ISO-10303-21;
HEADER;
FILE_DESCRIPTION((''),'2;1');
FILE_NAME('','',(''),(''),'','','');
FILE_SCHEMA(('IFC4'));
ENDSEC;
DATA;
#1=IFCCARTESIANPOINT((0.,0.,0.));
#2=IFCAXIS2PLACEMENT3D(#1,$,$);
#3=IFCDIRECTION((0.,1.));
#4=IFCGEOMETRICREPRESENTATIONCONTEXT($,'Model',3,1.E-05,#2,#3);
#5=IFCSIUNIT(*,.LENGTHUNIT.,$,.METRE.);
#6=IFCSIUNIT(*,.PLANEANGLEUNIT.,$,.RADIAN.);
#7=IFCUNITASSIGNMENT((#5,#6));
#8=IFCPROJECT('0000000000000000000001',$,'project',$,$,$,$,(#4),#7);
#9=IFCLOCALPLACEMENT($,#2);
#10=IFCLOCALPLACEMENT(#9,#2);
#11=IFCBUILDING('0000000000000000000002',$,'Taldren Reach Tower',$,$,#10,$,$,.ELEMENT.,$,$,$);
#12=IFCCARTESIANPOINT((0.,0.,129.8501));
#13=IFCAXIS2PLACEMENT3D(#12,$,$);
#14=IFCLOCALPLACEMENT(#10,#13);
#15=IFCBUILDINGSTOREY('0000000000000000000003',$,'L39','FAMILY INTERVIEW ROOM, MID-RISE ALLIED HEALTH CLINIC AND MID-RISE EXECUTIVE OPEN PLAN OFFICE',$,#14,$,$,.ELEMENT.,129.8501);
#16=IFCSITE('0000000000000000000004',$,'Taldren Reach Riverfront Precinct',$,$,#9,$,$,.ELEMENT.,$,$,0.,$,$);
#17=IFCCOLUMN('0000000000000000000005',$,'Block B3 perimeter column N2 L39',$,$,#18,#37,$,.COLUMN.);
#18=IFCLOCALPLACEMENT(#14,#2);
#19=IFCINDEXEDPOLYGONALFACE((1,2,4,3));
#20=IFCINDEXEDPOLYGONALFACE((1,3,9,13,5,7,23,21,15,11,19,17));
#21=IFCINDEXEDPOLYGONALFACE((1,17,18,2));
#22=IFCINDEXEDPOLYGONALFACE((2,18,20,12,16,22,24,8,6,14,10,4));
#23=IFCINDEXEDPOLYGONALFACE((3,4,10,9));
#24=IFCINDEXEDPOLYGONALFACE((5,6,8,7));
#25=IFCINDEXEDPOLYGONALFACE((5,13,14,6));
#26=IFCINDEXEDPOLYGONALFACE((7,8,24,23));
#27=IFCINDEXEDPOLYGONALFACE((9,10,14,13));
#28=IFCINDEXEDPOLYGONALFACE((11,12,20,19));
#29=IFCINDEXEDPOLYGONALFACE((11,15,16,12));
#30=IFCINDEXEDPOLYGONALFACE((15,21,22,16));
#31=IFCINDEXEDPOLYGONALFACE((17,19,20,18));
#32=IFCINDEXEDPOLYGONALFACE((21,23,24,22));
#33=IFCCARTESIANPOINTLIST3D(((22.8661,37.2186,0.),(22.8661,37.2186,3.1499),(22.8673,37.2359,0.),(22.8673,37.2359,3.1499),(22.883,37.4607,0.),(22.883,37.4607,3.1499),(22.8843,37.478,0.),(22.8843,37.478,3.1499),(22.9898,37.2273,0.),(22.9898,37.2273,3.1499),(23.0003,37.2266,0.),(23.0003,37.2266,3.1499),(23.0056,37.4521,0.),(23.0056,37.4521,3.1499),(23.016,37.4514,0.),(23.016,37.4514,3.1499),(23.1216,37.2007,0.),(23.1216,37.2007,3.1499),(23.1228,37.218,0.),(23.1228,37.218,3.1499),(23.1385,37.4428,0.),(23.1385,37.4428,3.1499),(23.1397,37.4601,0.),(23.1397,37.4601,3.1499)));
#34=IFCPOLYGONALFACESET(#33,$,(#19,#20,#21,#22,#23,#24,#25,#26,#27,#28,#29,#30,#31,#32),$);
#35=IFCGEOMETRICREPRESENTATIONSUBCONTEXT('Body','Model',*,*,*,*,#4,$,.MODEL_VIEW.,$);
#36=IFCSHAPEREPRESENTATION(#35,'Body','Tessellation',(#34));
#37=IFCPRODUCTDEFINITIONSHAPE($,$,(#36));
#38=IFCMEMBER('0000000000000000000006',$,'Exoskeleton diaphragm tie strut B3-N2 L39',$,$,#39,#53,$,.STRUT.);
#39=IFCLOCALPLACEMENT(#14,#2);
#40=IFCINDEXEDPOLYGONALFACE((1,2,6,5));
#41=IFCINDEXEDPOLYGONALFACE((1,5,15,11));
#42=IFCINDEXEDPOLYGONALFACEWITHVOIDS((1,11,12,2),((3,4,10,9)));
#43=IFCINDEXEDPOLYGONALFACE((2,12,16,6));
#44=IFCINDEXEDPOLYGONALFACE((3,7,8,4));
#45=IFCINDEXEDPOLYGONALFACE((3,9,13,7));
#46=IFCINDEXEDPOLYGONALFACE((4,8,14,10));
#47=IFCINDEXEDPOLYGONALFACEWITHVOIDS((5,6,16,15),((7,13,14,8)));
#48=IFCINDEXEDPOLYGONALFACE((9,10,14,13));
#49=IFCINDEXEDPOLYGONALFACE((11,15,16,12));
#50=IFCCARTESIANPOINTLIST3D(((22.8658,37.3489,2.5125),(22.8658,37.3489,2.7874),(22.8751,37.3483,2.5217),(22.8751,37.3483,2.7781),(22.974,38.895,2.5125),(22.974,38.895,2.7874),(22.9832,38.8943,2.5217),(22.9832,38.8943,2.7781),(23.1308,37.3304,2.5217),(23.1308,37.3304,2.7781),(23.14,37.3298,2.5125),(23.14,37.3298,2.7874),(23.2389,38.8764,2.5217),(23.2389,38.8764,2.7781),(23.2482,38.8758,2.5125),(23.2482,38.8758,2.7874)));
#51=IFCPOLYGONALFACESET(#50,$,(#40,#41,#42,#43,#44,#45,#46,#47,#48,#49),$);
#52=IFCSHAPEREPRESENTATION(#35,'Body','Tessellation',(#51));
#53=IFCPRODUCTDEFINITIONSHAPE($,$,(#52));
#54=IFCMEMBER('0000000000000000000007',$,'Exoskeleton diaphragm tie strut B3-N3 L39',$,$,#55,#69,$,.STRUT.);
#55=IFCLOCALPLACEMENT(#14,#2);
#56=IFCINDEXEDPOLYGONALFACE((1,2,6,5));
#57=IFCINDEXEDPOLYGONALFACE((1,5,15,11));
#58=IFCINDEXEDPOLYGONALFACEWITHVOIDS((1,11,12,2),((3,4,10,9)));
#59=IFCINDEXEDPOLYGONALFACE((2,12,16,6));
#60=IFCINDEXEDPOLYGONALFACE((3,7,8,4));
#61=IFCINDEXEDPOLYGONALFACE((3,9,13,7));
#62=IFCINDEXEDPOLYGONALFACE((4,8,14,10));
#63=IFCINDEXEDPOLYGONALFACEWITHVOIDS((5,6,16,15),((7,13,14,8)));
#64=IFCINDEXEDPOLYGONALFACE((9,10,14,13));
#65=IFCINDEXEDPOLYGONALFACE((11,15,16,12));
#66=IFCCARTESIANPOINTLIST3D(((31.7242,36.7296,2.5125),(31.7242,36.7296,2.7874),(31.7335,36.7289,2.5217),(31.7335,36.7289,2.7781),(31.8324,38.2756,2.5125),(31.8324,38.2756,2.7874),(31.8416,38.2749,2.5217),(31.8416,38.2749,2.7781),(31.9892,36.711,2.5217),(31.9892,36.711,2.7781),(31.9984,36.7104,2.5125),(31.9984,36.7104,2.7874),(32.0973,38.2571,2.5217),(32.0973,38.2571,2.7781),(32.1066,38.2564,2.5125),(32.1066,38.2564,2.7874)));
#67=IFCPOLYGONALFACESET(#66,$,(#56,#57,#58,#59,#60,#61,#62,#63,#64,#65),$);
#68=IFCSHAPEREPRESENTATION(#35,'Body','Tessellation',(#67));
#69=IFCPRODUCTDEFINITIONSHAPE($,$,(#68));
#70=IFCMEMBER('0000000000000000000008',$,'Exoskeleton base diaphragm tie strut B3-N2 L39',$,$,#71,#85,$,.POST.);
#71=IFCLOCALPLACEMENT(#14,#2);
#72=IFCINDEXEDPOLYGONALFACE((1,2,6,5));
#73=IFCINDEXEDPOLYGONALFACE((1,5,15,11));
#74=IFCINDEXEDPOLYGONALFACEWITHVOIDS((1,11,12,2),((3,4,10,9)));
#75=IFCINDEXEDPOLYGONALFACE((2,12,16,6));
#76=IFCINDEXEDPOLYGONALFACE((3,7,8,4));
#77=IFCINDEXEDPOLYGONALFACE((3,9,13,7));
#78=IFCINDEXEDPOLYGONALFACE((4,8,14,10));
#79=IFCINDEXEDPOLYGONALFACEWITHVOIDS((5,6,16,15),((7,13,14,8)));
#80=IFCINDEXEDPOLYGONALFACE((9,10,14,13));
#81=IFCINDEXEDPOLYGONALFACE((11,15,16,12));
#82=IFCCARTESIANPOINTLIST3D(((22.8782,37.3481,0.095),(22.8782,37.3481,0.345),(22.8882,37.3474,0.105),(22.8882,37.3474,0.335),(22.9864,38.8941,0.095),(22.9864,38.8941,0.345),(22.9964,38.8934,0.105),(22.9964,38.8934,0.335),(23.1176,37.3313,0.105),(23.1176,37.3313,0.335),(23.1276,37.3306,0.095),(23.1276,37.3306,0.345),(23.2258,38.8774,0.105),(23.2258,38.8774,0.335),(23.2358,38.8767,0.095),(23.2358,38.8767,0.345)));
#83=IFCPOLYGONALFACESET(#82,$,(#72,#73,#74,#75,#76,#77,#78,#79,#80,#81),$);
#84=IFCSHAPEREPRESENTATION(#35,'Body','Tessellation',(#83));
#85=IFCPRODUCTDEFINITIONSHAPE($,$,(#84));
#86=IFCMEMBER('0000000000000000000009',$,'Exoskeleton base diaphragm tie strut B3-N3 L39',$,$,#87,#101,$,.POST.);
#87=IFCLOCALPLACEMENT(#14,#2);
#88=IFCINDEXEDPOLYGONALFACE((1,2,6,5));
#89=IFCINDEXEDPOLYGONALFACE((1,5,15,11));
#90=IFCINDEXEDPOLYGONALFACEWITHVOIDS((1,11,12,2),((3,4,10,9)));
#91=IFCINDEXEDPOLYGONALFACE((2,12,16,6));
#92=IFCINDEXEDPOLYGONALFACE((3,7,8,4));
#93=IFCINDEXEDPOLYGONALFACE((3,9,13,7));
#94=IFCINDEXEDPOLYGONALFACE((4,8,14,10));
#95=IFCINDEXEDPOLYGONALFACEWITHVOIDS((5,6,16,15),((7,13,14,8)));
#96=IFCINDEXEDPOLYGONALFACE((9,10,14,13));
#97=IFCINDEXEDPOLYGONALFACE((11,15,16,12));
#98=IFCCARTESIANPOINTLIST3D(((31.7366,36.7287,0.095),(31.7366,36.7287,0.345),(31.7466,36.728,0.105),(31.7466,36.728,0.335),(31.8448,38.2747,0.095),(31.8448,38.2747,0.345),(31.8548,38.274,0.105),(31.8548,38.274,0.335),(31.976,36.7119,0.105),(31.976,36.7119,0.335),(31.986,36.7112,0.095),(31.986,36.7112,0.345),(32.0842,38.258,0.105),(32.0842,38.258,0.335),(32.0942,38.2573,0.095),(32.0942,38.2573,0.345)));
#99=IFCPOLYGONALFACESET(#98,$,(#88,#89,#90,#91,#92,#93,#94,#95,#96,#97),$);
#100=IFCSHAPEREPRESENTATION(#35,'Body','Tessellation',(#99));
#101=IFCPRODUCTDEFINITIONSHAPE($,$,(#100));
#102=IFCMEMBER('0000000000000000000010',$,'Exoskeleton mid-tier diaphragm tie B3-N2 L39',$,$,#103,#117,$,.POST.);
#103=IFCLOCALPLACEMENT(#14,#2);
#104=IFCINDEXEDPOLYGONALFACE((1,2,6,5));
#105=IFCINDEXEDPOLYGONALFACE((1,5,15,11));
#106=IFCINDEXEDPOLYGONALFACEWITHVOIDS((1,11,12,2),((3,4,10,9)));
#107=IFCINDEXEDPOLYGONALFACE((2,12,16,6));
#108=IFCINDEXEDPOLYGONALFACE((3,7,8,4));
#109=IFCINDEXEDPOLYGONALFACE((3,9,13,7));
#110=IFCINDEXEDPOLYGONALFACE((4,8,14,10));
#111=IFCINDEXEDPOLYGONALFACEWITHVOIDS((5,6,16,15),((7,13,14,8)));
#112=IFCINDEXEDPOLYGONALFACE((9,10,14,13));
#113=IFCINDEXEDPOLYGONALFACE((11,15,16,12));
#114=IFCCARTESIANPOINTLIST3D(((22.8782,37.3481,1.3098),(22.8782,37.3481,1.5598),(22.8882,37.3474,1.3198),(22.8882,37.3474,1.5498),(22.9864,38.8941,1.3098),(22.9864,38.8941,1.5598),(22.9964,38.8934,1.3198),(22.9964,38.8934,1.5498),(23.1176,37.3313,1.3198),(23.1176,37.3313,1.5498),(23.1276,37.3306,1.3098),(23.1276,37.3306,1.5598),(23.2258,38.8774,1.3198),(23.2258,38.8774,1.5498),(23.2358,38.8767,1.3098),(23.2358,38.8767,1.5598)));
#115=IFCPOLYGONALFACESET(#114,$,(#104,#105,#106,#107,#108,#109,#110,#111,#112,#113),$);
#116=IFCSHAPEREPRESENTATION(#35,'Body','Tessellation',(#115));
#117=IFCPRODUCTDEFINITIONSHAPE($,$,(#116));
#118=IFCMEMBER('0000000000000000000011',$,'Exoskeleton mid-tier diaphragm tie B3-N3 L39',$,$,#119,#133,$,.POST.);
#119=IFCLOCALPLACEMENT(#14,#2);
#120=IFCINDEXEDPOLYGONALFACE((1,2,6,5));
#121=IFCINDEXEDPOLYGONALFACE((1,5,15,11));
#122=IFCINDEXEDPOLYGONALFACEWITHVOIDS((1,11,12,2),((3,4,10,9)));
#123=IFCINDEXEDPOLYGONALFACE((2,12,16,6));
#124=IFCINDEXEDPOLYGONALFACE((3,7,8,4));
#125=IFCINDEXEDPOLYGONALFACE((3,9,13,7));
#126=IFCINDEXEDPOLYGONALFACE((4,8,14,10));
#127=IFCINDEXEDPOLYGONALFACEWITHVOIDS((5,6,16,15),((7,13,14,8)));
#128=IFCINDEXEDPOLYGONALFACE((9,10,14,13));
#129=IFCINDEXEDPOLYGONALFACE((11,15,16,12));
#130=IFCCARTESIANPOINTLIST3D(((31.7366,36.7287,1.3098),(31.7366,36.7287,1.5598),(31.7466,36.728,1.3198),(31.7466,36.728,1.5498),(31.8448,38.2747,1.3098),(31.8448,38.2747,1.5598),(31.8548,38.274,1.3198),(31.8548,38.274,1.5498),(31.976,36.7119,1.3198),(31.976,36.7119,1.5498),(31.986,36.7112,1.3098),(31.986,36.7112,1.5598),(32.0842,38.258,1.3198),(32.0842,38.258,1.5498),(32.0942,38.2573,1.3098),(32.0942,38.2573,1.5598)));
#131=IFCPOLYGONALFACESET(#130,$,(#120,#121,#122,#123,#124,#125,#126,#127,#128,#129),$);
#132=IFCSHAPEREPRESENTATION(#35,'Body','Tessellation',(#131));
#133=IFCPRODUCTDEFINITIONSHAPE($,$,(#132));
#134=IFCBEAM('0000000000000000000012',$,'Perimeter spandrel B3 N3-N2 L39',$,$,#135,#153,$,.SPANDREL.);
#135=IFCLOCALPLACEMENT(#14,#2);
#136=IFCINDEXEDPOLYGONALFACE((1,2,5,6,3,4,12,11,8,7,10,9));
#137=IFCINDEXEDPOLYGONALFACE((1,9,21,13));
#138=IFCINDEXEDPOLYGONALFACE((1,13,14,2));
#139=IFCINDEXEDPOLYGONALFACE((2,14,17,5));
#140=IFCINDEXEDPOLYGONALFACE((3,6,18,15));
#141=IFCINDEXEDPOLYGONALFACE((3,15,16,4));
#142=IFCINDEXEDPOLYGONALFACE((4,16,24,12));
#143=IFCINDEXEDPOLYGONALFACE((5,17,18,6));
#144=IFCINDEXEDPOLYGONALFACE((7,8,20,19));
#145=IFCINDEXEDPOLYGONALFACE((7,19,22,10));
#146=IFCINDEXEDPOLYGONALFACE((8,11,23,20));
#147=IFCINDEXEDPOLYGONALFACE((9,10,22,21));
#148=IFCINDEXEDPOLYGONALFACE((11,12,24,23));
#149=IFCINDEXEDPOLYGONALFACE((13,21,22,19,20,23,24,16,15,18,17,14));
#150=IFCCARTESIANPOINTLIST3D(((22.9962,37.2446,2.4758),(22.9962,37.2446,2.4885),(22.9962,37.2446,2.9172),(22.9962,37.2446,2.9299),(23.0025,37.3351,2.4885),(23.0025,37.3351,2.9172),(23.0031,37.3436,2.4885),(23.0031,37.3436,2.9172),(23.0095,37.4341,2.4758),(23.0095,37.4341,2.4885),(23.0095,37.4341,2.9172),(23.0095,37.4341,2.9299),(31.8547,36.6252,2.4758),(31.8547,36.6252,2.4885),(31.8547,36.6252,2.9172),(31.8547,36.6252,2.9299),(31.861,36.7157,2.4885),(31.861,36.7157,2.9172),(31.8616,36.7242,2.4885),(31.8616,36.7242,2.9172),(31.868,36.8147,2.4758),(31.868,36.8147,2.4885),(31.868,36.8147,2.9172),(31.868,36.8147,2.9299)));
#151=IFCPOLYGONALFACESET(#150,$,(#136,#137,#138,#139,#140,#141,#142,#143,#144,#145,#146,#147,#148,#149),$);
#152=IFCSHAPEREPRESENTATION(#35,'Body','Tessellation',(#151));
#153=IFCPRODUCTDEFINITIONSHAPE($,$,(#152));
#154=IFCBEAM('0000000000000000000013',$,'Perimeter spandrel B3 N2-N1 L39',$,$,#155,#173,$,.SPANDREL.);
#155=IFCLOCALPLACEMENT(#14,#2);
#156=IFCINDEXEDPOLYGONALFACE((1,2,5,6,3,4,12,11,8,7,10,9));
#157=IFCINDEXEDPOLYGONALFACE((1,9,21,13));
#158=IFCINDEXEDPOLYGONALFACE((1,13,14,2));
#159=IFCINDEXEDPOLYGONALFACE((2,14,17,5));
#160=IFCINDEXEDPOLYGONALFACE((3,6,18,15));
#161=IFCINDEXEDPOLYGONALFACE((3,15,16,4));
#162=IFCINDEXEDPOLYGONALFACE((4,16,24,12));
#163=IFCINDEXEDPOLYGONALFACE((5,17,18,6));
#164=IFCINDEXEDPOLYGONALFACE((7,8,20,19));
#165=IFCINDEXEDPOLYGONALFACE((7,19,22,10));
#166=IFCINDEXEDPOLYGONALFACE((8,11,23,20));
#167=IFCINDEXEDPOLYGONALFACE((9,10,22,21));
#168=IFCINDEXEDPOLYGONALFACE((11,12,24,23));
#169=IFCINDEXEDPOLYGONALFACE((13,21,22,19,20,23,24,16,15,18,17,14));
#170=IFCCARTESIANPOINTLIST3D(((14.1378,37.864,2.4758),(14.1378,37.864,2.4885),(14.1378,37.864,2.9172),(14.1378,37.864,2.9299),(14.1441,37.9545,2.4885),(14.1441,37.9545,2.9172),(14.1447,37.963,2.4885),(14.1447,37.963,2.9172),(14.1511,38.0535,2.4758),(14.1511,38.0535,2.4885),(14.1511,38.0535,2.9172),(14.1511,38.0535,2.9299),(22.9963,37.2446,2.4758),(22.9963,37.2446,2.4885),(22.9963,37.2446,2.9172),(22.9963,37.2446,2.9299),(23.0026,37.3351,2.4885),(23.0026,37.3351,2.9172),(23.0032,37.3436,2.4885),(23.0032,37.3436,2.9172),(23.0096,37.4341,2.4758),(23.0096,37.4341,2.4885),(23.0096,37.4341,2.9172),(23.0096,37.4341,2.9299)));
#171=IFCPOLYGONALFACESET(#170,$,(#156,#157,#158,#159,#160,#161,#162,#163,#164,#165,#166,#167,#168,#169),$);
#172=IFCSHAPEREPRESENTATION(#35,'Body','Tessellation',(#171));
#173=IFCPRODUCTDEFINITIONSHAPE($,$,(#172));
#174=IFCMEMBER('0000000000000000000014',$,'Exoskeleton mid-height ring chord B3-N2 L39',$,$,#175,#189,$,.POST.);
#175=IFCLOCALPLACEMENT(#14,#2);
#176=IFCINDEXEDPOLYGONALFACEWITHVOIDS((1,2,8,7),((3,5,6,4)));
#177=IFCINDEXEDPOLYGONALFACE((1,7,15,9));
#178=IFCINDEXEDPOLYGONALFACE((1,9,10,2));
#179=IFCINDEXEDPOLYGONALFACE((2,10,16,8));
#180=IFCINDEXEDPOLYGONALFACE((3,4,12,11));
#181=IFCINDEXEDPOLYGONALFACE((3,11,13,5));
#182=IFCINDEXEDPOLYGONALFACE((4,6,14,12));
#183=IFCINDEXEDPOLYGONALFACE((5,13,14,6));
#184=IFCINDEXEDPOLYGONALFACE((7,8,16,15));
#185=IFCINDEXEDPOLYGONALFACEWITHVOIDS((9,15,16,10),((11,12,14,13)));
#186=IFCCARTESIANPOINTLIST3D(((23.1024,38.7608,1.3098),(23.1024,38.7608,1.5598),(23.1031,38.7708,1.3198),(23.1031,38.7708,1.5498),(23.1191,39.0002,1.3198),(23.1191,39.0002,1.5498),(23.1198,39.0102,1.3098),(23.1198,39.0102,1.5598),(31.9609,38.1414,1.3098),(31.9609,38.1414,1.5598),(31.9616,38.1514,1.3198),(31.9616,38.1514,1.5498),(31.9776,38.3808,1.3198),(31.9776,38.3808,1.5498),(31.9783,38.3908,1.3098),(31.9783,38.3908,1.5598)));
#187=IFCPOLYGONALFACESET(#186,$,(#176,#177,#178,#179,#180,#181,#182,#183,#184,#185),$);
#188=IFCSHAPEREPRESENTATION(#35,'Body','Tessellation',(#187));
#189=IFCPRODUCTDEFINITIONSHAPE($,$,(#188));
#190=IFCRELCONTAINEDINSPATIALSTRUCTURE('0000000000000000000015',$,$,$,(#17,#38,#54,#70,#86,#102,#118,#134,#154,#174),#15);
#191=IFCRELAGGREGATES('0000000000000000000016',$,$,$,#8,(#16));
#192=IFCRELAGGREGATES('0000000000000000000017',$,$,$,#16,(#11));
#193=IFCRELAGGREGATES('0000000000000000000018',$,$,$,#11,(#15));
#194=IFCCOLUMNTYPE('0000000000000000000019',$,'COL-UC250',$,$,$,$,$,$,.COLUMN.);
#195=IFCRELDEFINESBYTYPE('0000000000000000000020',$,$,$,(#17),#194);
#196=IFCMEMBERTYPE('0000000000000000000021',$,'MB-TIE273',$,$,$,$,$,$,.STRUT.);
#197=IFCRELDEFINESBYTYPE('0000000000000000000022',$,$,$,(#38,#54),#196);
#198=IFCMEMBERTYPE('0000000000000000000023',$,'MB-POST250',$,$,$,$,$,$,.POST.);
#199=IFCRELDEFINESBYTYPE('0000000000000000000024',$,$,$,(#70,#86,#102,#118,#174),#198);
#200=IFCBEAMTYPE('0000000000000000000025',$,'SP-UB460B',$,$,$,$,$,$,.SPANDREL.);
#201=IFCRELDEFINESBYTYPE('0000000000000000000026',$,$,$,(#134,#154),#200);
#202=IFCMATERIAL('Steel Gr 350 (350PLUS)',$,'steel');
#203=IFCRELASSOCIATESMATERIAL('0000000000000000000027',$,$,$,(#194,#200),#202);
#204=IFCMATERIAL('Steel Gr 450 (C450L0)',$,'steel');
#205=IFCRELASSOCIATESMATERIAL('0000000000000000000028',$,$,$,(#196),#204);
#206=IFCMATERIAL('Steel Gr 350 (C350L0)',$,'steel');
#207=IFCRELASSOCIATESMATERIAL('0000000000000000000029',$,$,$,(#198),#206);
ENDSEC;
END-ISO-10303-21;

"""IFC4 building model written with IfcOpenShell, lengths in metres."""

from ifc_helpers import new_model, si_unit, direction, frame, origin, origin_2d, place, context, subcontext, project, spatial, hollow_rectangle, i_section, extrude, source, transform, mapped, material, material_profile, profile_set, type_object, element, save


model = new_model("IFC4")

# Units and contexts
model_context = context("Model", 3, precision=1e-05, world=origin(), true_north=direction((0.0, 1.0)))
body_context = subcontext(model_context, "Body", "Model", "MODEL_VIEW")
ifc_project = project(units=[si_unit("LENGTHUNIT", "METRE"), si_unit("PLANEANGLEUNIT", "RADIAN")], contexts=[model_context])

# Site, building, storey
site_placement = place(None, origin())
site = spatial("IfcSite", under=ifc_project, at=site_placement, Name="Taldren Reach Riverfront Precinct", CompositionType="ELEMENT", RefElevation=0.0)
building_placement = place(site_placement, origin())
building = spatial("IfcBuilding", under=site, at=building_placement, Name="Taldren Reach Tower", CompositionType="ELEMENT")
storey_placement = place(building_placement, frame((0.0, 0.0, 129.8501)))
storey = spatial("IfcBuildingStorey", under=building, at=storey_placement, Name="L39", Description="FAMILY INTERVIEW ROOM, MID-RISE ALLIED HEALTH CLINIC AND MID-RISE EXECUTIVE OPEN PLAN OFFICE", CompositionType="ELEMENT", Elevation=129.8501)

# Column
ifc_material_1 = material(Name="Steel Gr 350 (350PLUS)", Category="steel")
ifc_material_profile_1 = material_profile(ifc_material_1, i_section(OverallWidth=0.2561, OverallDepth=0.26, WebThickness=0.0105, FlangeThickness=0.0173, at=origin_2d()), Name="250UC89.5")
ifc_profile_set_1 = profile_set([ifc_material_profile_1], Name="Steel Gr 350 (350PLUS)")
column_type = type_object("IfcColumnType", Name="COL-UC250", PredefinedType="COLUMN", material=ifc_profile_set_1)
shared_shape_1 = source(origin(), body_context, "Body", "SweptSolid", [
    extrude(i_section(OverallWidth=0.2561, OverallDepth=0.26, WebThickness=0.0105, FlangeThickness=0.0173, at=origin_2d()), origin(), (0.0, 0.0, 1.0), 3.1499),
])
column_placement = place(storey_placement, frame((23.0029, 37.3394, 0.0), z_axis=(0.0, 0.0, 1.0), x_axis=(0.997564, -0.069756, 0.0)))
element("IfcColumn", 1, at=column_placement, inside=storey, type_object=column_type, Name="Block B3 perimeter column N2 L39", PredefinedType="COLUMN", context=body_context, shape_type="MappedRepresentation", body=[
    mapped(shared_shape_1, transform((0.0, 0.0, 0.0), scale=1.0)),
])

# Members
ifc_material_2 = material(Name="Steel Gr 450 (C450L0)", Category="steel")
ifc_material_profile_2 = material_profile(ifc_material_2, hollow_rectangle(XDim=0.2749, YDim=0.2749, WallThickness=0.0093, at=origin_2d()), Name="275x275x9.3SHS")
ifc_profile_set_2 = profile_set([ifc_material_profile_2], Name="Steel Gr 450 (C450L0)")
member_type_1 = type_object("IfcMemberType", Name="MB-TIE273", PredefinedType="STRUT", material=ifc_profile_set_2)
shared_shape_2 = source(origin(), body_context, "Body", "SweptSolid", [
    extrude(hollow_rectangle(XDim=0.2749, YDim=0.2749, WallThickness=0.0093, at=origin_2d()), origin(), (0.0, 0.0, 1.0), 1.5498),
])
for number, where, z_axis, x_axis, name in (
    (2, (23.0029, 37.3394, 2.6499), (0.069781, 0.997562, 0.0), (-0.997562, 0.069781, 0.0), "Exoskeleton diaphragm tie strut B3-N2 L39"),
    (3, (31.8613, 36.72, 2.6499), (0.069781, 0.997562, 0.0), (-0.997562, 0.069781, 0.0), "Exoskeleton diaphragm tie strut B3-N3 L39"),
):
    element("IfcMember", number, at=place(storey_placement, frame(where, z_axis=z_axis, x_axis=x_axis)), inside=storey, type_object=member_type_1, Name=name, PredefinedType="STRUT", context=body_context, shape_type="MappedRepresentation", body=[
        mapped(shared_shape_2, transform((0.0, 0.0, 0.0), scale=1.0)),
    ])
ifc_material_3 = material(Name="Steel Gr 350 (C350L0)", Category="steel")
ifc_material_profile_3 = material_profile(ifc_material_3, hollow_rectangle(XDim=0.25, YDim=0.25, WallThickness=0.01, at=origin_2d()), Name="250x250x10.0SHS")
ifc_profile_set_3 = profile_set([ifc_material_profile_3], Name="Steel Gr 350 (C350L0)")
member_type_2 = type_object("IfcMemberType", Name="MB-POST250", PredefinedType="POST", material=ifc_profile_set_3)
shared_shape_3 = source(origin(), body_context, "Body", "SweptSolid", [
    extrude(hollow_rectangle(XDim=0.25, YDim=0.25, WallThickness=0.01, at=origin_2d()), origin(), (0.0, 0.0, 1.0), 1.5498),
])
for number, where, z_axis, x_axis, name in (
    (4, (23.0029, 37.3394, 0.22), (0.069781, 0.997562, 0.0), (-0.997562, 0.069781, 0.0), "Exoskeleton base diaphragm tie strut B3-N2 L39"),
    (5, (31.8613, 36.72, 0.22), (0.069781, 0.997562, 0.0), (-0.997562, 0.069781, 0.0), "Exoskeleton base diaphragm tie strut B3-N3 L39"),
    (6, (23.0029, 37.3394, 1.4348), (0.069781, 0.997562, 0.0), (-0.997562, 0.069781, 0.0), "Exoskeleton mid-tier diaphragm tie B3-N2 L39"),
    (7, (31.8613, 36.72, 1.4348), (0.069781, 0.997562, 0.0), (-0.997562, 0.069781, 0.0), "Exoskeleton mid-tier diaphragm tie B3-N3 L39"),
):
    element("IfcMember", number, at=place(storey_placement, frame(where, z_axis=z_axis, x_axis=x_axis)), inside=storey, type_object=member_type_2, Name=name, PredefinedType="POST", context=body_context, shape_type="MappedRepresentation", body=[
        mapped(shared_shape_3, transform((0.0, 0.0, 0.0), scale=1.0)),
    ])

# Beams
ifc_material_profile_4 = material_profile(ifc_material_1, i_section(OverallWidth=0.1899, OverallDepth=0.4541, WebThickness=0.0085, FlangeThickness=0.0127, at=origin_2d()), Name="460UB67.1")
ifc_profile_set_4 = profile_set([ifc_material_profile_4], Name="Steel Gr 350 (350PLUS)")
beam_type = type_object("IfcBeamType", Name="SP-UB460B", PredefinedType="SPANDREL", material=ifc_profile_set_4)
shared_shape_4 = source(origin(), body_context, "Body", "SweptSolid", [
    extrude(i_section(OverallWidth=0.1899, OverallDepth=0.4541, WebThickness=0.0085, FlangeThickness=0.0127, at=origin_2d()), origin(), (0.0, 0.0, 1.0), 8.8801),
])
for number, where, z_axis, x_axis, name in (
    (8, (31.8613, 36.72, 2.7029), (-0.997564, 0.06975, 0.0), (-0.06975, -0.997564, 0.0), "Perimeter spandrel B3 N3-N2 L39"),
    (9, (23.0029, 37.3394, 2.7029), (-0.997564, 0.06975, 0.0), (-0.06975, -0.997564, 0.0), "Perimeter spandrel B3 N2-N1 L39"),
):
    element("IfcBeam", number, at=place(storey_placement, frame(where, z_axis=z_axis, x_axis=x_axis)), inside=storey, type_object=beam_type, Name=name, PredefinedType="SPANDREL", context=body_context, shape_type="MappedRepresentation", body=[
        mapped(shared_shape_4, transform((0.0, 0.0, 0.0), scale=1.0)),
    ])

# Member
shared_shape_5 = source(origin(), body_context, "Body", "SweptSolid", [
    extrude(hollow_rectangle(XDim=0.25, YDim=0.25, WallThickness=0.01, at=origin_2d()), origin(), (0.0, 0.0, 1.0), 8.8801),
])
for number, where, z_axis, x_axis, name in (
    (10, (23.1111, 38.8855, 1.4348), (0.997564, -0.06975, 0.0), (0.06975, 0.997564, 0.0), "Exoskeleton mid-height ring chord B3-N2 L39"),
):
    element("IfcMember", number, at=place(storey_placement, frame(where, z_axis=z_axis, x_axis=x_axis)), inside=storey, type_object=member_type_2, Name=name, PredefinedType="POST", context=body_context, shape_type="MappedRepresentation", body=[
        mapped(shared_shape_5, transform((0.0, 0.0, 0.0), scale=1.0)),
    ])

save(model, "model.ifc")
